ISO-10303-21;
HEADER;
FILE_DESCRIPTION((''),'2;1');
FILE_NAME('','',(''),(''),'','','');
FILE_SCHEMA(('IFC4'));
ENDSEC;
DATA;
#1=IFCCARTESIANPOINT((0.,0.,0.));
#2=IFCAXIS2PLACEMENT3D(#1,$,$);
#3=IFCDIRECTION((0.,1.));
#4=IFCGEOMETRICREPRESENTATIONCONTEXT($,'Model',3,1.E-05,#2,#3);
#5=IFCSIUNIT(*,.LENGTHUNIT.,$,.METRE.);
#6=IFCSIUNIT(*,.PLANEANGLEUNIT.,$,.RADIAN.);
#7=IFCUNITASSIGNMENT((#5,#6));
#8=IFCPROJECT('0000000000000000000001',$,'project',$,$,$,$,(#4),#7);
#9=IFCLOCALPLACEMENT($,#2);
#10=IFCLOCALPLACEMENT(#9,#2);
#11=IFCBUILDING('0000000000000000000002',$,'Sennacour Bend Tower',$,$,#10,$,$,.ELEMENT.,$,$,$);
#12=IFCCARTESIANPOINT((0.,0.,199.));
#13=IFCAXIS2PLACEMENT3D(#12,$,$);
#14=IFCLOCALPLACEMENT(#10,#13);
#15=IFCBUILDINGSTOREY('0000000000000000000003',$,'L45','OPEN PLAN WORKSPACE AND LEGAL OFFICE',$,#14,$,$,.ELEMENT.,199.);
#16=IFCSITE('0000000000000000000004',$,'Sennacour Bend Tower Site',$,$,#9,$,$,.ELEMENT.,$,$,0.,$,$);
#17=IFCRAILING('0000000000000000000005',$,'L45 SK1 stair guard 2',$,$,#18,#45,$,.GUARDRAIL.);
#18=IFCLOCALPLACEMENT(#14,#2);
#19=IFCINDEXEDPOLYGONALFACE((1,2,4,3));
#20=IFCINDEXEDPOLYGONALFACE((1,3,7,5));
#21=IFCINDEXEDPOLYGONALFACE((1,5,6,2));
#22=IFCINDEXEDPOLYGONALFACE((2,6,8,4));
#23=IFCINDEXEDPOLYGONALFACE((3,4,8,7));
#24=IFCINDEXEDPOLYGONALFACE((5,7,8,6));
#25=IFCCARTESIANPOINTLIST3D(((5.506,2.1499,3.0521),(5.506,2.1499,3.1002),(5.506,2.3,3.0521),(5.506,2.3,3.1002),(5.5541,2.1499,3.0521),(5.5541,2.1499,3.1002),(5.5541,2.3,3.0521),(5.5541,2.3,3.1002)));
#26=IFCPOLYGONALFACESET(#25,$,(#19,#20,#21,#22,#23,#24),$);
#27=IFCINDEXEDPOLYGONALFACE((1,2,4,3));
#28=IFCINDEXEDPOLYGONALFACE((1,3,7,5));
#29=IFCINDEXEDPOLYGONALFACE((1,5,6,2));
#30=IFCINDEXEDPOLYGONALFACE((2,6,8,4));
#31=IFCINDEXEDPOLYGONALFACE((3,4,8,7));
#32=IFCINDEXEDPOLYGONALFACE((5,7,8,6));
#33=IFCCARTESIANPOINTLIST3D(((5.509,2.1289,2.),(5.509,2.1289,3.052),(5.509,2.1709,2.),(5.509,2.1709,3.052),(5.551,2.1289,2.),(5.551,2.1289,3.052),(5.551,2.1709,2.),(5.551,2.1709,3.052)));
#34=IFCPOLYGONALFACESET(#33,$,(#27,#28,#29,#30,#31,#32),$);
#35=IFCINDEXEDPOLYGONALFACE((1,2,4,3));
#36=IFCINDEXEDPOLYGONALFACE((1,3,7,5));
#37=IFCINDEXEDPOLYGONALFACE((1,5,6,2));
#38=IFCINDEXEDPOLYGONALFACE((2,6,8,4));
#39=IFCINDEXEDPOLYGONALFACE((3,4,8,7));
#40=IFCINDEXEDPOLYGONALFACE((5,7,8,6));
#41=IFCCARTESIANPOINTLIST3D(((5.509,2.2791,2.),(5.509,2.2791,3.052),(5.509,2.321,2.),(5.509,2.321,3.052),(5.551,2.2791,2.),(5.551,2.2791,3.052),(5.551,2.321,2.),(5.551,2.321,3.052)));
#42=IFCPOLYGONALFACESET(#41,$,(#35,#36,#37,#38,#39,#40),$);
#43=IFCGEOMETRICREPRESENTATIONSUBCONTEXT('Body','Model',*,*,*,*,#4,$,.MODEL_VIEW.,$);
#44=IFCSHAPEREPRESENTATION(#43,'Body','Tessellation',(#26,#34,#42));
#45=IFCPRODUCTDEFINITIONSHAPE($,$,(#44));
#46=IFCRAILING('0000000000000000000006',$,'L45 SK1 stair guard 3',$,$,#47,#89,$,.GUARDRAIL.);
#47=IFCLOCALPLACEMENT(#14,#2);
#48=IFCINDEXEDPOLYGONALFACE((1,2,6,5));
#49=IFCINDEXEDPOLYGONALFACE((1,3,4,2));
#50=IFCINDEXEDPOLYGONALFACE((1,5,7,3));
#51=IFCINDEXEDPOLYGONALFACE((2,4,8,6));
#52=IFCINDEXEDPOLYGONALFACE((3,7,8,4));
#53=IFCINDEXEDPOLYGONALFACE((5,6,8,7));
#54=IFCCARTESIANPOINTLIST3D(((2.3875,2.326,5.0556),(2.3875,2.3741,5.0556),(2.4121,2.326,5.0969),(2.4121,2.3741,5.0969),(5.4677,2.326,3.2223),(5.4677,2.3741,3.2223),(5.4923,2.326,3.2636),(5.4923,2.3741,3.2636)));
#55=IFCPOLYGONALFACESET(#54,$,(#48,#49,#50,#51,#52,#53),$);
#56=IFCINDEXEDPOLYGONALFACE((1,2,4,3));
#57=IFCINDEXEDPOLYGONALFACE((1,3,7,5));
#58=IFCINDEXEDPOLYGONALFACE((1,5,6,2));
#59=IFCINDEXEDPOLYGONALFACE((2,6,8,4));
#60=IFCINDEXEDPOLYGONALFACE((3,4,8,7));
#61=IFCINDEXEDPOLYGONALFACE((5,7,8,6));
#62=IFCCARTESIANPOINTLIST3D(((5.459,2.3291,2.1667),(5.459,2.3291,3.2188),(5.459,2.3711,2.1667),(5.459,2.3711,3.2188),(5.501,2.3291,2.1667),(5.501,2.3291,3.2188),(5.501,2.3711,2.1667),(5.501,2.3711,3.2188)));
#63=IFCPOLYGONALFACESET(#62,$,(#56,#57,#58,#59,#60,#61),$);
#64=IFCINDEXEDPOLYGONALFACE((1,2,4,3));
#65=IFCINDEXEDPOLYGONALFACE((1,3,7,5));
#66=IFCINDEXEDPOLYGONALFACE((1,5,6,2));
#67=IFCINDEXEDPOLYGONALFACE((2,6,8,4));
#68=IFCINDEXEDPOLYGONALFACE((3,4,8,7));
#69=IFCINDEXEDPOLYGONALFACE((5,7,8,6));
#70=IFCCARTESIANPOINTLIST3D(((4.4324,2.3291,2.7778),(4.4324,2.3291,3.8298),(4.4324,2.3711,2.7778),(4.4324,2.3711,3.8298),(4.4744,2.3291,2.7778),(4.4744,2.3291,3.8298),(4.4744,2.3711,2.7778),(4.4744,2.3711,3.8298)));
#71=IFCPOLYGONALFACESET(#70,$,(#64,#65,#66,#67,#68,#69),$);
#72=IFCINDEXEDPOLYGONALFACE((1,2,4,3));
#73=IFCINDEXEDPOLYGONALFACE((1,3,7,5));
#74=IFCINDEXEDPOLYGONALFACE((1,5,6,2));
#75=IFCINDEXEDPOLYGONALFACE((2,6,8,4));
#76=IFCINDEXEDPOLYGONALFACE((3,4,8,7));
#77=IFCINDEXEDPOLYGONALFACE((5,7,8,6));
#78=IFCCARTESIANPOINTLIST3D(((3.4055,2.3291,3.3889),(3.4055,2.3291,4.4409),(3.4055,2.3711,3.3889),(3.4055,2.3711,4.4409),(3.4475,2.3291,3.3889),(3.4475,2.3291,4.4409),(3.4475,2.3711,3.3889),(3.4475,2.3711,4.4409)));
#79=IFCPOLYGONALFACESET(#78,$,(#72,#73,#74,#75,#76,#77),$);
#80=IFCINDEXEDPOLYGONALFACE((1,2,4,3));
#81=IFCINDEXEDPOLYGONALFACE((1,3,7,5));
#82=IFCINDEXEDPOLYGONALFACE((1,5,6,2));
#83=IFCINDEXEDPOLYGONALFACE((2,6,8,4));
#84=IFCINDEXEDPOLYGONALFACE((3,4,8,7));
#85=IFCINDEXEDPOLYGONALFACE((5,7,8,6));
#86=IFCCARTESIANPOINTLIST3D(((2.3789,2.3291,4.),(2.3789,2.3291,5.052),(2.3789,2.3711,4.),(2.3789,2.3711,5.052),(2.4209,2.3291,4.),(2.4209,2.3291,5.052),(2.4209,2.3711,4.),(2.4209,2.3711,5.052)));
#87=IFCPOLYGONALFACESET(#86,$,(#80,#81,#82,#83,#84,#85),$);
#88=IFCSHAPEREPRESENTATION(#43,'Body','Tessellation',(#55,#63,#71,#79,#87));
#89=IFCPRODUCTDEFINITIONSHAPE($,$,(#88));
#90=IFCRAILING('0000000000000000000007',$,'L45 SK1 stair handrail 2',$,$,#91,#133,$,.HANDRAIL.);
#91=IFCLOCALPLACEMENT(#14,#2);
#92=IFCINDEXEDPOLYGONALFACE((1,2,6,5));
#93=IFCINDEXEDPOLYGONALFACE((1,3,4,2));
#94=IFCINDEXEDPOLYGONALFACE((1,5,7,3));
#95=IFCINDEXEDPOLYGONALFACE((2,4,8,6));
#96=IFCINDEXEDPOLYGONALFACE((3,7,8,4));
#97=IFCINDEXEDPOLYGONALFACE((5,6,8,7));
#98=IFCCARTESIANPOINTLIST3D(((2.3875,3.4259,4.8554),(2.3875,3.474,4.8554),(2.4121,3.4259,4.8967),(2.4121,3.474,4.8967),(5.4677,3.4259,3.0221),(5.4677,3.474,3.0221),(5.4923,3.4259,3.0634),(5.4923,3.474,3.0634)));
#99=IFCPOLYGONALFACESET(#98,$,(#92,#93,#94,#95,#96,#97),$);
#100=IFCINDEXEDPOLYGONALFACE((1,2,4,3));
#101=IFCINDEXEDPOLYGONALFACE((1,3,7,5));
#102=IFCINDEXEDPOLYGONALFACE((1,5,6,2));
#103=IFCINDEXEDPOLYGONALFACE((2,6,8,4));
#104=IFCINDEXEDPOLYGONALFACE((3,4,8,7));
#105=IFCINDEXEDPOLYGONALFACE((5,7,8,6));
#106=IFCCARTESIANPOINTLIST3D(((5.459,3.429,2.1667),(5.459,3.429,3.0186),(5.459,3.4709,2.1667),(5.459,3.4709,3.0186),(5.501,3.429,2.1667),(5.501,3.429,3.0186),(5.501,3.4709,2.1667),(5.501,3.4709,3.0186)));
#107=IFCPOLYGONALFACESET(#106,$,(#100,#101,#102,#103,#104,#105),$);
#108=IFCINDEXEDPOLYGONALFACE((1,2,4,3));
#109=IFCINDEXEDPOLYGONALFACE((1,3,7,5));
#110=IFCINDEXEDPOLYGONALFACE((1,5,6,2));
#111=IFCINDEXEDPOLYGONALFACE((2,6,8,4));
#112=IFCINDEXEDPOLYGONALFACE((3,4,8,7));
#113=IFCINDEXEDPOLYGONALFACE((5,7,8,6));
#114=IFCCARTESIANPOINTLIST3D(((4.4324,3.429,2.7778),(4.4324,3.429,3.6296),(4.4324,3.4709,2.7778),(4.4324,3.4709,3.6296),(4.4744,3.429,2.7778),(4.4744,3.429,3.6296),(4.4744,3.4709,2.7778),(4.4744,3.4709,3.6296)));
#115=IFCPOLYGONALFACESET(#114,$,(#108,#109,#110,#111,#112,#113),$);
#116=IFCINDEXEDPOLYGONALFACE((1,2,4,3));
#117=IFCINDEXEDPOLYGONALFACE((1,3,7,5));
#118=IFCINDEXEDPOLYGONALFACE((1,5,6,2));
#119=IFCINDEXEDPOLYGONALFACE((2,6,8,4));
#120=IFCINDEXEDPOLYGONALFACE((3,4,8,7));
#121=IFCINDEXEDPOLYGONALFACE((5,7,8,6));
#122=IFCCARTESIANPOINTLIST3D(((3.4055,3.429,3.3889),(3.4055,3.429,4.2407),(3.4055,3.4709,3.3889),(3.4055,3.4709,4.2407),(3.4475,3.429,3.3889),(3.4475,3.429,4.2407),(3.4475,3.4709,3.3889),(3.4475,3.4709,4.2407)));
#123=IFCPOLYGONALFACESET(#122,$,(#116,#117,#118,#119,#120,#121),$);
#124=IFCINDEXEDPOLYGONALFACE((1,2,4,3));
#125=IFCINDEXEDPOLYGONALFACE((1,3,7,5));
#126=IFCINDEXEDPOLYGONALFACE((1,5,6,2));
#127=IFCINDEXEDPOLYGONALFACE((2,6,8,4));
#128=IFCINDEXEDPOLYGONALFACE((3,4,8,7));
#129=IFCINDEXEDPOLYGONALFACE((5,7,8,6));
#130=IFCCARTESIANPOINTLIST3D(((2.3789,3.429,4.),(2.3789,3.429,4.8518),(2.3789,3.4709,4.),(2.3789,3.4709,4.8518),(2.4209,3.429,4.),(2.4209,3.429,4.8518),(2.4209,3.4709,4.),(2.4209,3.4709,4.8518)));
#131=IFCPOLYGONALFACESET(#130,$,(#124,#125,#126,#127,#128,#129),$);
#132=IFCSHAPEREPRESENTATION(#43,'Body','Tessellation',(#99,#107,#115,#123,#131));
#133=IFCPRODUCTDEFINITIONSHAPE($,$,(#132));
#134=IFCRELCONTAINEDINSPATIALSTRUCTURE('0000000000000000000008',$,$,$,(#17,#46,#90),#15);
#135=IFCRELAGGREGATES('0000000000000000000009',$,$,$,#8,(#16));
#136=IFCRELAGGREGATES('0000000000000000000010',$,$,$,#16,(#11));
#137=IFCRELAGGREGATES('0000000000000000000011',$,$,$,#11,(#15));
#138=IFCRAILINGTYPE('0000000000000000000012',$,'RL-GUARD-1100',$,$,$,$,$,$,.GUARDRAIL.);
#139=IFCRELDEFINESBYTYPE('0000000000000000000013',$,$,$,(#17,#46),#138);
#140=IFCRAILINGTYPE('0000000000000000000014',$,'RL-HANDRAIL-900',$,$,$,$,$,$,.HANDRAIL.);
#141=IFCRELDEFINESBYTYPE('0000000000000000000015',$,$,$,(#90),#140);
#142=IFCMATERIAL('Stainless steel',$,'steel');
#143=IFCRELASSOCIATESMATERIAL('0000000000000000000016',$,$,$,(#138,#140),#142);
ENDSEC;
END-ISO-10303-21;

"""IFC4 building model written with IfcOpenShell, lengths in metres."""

from ifc_helpers import new_model, si_unit, direction, frame, origin, origin_2d, place, context, subcontext, project, spatial, rectangle, extrude, material, type_object, element, save


model = new_model("IFC4")

# Units and contexts
model_context = context("Model", 3, precision=1e-05, world=origin(), true_north=direction((0.0, 1.0)))
body_context = subcontext(model_context, "Body", "Model", "MODEL_VIEW")
ifc_project = project(units=[si_unit("LENGTHUNIT", "METRE"), si_unit("PLANEANGLEUNIT", "RADIAN")], contexts=[model_context])

# Site, building, storey
site_placement = place(None, origin())
site = spatial("IfcSite", under=ifc_project, at=site_placement, Name="Sennacour Bend Tower Site", CompositionType="ELEMENT", RefElevation=0.0)
building_placement = place(site_placement, origin())
building = spatial("IfcBuilding", under=site, at=building_placement, Name="Sennacour Bend Tower", CompositionType="ELEMENT")
storey_placement = place(building_placement, frame((0.0, 0.0, 199.0)))
storey = spatial("IfcBuildingStorey", under=building, at=storey_placement, Name="L45", Description="OPEN PLAN WORKSPACE AND LEGAL OFFICE", CompositionType="ELEMENT", Elevation=199.0)

# Railings
ifc_material_1 = material(Name="Stainless steel", Category="steel")
railing_type_1 = type_object("IfcRailingType", Name="RL-GUARD-1100", PredefinedType="GUARDRAIL", material=ifc_material_1)
railing_1_placement = place(storey_placement, frame((5.53, 2.1499, 2.0)))
element("IfcRailing", 1, at=railing_1_placement, inside=storey, type_object=railing_type_1, Name="L45 SK1 stair guard 2", PredefinedType="GUARDRAIL", context=body_context, shape_type="SweptSolid", body=[
    extrude(rectangle(XDim=0.0481, YDim=0.0481, at=origin_2d()), frame((0.0, 0.0, 1.0762), z_axis=(0.0, 1.0, 0.0), x_axis=(-1.0, 0.0, 0.0)), (0.0, 0.0, 1.0), 0.1501),
    extrude(rectangle(XDim=0.042, YDim=0.042, at=origin_2d()), origin(), (0.0, 0.0, 1.0), 1.052),
    extrude(rectangle(XDim=0.042, YDim=0.042, at=origin_2d()), frame((0.0, 0.1501, 0.0)), (0.0, 0.0, 1.0), 1.052),
])
railing_2_placement = place(storey_placement, frame((5.48, 2.3501, 2.1667)))
element("IfcRailing", 2, at=railing_2_placement, inside=storey, type_object=railing_type_1, Name="L45 SK1 stair guard 3", PredefinedType="GUARDRAIL", context=body_context, shape_type="SweptSolid", body=[
    extrude(rectangle(XDim=0.0481, YDim=0.0481, at=origin_2d()), frame((0.0, 0.0, 1.0762), z_axis=(-0.859309, 0.0, 0.511458), x_axis=(0.0, -1.0, 0.0)), (0.0, 0.0, 1.0), 3.5845),
    extrude(rectangle(XDim=0.042, YDim=0.042, at=origin_2d()), origin(), (0.0, 0.0, 1.0), 1.052),
    extrude(rectangle(XDim=0.042, YDim=0.042, at=origin_2d()), frame((-1.0266, 0.0, 0.6111)), (0.0, 0.0, 1.0), 1.052),
    extrude(rectangle(XDim=0.042, YDim=0.042, at=origin_2d()), frame((-2.0535, 0.0, 1.2222)), (0.0, 0.0, 1.0), 1.052),
    extrude(rectangle(XDim=0.042, YDim=0.042, at=origin_2d()), frame((-3.0801, 0.0, 1.8333)), (0.0, 0.0, 1.0), 1.052),
])
railing_type_2 = type_object("IfcRailingType", Name="RL-HANDRAIL-900", PredefinedType="HANDRAIL", material=ifc_material_1)
railing_3_placement = place(storey_placement, frame((5.48, 3.45, 2.1667)))
element("IfcRailing", 3, at=railing_3_placement, inside=storey, type_object=railing_type_2, Name="L45 SK1 stair handrail 2", PredefinedType="HANDRAIL", context=body_context, shape_type="SweptSolid", body=[
    extrude(rectangle(XDim=0.0481, YDim=0.0481, at=origin_2d()), frame((0.0, 0.0, 0.876), z_axis=(-0.859309, 0.0, 0.511458), x_axis=(0.0, -1.0, 0.0)), (0.0, 0.0, 1.0), 3.5845),
    extrude(rectangle(XDim=0.042, YDim=0.042, at=origin_2d()), origin(), (0.0, 0.0, 1.0), 0.8518),
    extrude(rectangle(XDim=0.042, YDim=0.042, at=origin_2d()), frame((-1.0266, 0.0, 0.6111)), (0.0, 0.0, 1.0), 0.8518),
    extrude(rectangle(XDim=0.042, YDim=0.042, at=origin_2d()), frame((-2.0535, 0.0, 1.2222)), (0.0, 0.0, 1.0), 0.8518),
    extrude(rectangle(XDim=0.042, YDim=0.042, at=origin_2d()), frame((-3.0801, 0.0, 1.8333)), (0.0, 0.0, 1.0), 0.8518),
])

save(model, "model.ifc")
